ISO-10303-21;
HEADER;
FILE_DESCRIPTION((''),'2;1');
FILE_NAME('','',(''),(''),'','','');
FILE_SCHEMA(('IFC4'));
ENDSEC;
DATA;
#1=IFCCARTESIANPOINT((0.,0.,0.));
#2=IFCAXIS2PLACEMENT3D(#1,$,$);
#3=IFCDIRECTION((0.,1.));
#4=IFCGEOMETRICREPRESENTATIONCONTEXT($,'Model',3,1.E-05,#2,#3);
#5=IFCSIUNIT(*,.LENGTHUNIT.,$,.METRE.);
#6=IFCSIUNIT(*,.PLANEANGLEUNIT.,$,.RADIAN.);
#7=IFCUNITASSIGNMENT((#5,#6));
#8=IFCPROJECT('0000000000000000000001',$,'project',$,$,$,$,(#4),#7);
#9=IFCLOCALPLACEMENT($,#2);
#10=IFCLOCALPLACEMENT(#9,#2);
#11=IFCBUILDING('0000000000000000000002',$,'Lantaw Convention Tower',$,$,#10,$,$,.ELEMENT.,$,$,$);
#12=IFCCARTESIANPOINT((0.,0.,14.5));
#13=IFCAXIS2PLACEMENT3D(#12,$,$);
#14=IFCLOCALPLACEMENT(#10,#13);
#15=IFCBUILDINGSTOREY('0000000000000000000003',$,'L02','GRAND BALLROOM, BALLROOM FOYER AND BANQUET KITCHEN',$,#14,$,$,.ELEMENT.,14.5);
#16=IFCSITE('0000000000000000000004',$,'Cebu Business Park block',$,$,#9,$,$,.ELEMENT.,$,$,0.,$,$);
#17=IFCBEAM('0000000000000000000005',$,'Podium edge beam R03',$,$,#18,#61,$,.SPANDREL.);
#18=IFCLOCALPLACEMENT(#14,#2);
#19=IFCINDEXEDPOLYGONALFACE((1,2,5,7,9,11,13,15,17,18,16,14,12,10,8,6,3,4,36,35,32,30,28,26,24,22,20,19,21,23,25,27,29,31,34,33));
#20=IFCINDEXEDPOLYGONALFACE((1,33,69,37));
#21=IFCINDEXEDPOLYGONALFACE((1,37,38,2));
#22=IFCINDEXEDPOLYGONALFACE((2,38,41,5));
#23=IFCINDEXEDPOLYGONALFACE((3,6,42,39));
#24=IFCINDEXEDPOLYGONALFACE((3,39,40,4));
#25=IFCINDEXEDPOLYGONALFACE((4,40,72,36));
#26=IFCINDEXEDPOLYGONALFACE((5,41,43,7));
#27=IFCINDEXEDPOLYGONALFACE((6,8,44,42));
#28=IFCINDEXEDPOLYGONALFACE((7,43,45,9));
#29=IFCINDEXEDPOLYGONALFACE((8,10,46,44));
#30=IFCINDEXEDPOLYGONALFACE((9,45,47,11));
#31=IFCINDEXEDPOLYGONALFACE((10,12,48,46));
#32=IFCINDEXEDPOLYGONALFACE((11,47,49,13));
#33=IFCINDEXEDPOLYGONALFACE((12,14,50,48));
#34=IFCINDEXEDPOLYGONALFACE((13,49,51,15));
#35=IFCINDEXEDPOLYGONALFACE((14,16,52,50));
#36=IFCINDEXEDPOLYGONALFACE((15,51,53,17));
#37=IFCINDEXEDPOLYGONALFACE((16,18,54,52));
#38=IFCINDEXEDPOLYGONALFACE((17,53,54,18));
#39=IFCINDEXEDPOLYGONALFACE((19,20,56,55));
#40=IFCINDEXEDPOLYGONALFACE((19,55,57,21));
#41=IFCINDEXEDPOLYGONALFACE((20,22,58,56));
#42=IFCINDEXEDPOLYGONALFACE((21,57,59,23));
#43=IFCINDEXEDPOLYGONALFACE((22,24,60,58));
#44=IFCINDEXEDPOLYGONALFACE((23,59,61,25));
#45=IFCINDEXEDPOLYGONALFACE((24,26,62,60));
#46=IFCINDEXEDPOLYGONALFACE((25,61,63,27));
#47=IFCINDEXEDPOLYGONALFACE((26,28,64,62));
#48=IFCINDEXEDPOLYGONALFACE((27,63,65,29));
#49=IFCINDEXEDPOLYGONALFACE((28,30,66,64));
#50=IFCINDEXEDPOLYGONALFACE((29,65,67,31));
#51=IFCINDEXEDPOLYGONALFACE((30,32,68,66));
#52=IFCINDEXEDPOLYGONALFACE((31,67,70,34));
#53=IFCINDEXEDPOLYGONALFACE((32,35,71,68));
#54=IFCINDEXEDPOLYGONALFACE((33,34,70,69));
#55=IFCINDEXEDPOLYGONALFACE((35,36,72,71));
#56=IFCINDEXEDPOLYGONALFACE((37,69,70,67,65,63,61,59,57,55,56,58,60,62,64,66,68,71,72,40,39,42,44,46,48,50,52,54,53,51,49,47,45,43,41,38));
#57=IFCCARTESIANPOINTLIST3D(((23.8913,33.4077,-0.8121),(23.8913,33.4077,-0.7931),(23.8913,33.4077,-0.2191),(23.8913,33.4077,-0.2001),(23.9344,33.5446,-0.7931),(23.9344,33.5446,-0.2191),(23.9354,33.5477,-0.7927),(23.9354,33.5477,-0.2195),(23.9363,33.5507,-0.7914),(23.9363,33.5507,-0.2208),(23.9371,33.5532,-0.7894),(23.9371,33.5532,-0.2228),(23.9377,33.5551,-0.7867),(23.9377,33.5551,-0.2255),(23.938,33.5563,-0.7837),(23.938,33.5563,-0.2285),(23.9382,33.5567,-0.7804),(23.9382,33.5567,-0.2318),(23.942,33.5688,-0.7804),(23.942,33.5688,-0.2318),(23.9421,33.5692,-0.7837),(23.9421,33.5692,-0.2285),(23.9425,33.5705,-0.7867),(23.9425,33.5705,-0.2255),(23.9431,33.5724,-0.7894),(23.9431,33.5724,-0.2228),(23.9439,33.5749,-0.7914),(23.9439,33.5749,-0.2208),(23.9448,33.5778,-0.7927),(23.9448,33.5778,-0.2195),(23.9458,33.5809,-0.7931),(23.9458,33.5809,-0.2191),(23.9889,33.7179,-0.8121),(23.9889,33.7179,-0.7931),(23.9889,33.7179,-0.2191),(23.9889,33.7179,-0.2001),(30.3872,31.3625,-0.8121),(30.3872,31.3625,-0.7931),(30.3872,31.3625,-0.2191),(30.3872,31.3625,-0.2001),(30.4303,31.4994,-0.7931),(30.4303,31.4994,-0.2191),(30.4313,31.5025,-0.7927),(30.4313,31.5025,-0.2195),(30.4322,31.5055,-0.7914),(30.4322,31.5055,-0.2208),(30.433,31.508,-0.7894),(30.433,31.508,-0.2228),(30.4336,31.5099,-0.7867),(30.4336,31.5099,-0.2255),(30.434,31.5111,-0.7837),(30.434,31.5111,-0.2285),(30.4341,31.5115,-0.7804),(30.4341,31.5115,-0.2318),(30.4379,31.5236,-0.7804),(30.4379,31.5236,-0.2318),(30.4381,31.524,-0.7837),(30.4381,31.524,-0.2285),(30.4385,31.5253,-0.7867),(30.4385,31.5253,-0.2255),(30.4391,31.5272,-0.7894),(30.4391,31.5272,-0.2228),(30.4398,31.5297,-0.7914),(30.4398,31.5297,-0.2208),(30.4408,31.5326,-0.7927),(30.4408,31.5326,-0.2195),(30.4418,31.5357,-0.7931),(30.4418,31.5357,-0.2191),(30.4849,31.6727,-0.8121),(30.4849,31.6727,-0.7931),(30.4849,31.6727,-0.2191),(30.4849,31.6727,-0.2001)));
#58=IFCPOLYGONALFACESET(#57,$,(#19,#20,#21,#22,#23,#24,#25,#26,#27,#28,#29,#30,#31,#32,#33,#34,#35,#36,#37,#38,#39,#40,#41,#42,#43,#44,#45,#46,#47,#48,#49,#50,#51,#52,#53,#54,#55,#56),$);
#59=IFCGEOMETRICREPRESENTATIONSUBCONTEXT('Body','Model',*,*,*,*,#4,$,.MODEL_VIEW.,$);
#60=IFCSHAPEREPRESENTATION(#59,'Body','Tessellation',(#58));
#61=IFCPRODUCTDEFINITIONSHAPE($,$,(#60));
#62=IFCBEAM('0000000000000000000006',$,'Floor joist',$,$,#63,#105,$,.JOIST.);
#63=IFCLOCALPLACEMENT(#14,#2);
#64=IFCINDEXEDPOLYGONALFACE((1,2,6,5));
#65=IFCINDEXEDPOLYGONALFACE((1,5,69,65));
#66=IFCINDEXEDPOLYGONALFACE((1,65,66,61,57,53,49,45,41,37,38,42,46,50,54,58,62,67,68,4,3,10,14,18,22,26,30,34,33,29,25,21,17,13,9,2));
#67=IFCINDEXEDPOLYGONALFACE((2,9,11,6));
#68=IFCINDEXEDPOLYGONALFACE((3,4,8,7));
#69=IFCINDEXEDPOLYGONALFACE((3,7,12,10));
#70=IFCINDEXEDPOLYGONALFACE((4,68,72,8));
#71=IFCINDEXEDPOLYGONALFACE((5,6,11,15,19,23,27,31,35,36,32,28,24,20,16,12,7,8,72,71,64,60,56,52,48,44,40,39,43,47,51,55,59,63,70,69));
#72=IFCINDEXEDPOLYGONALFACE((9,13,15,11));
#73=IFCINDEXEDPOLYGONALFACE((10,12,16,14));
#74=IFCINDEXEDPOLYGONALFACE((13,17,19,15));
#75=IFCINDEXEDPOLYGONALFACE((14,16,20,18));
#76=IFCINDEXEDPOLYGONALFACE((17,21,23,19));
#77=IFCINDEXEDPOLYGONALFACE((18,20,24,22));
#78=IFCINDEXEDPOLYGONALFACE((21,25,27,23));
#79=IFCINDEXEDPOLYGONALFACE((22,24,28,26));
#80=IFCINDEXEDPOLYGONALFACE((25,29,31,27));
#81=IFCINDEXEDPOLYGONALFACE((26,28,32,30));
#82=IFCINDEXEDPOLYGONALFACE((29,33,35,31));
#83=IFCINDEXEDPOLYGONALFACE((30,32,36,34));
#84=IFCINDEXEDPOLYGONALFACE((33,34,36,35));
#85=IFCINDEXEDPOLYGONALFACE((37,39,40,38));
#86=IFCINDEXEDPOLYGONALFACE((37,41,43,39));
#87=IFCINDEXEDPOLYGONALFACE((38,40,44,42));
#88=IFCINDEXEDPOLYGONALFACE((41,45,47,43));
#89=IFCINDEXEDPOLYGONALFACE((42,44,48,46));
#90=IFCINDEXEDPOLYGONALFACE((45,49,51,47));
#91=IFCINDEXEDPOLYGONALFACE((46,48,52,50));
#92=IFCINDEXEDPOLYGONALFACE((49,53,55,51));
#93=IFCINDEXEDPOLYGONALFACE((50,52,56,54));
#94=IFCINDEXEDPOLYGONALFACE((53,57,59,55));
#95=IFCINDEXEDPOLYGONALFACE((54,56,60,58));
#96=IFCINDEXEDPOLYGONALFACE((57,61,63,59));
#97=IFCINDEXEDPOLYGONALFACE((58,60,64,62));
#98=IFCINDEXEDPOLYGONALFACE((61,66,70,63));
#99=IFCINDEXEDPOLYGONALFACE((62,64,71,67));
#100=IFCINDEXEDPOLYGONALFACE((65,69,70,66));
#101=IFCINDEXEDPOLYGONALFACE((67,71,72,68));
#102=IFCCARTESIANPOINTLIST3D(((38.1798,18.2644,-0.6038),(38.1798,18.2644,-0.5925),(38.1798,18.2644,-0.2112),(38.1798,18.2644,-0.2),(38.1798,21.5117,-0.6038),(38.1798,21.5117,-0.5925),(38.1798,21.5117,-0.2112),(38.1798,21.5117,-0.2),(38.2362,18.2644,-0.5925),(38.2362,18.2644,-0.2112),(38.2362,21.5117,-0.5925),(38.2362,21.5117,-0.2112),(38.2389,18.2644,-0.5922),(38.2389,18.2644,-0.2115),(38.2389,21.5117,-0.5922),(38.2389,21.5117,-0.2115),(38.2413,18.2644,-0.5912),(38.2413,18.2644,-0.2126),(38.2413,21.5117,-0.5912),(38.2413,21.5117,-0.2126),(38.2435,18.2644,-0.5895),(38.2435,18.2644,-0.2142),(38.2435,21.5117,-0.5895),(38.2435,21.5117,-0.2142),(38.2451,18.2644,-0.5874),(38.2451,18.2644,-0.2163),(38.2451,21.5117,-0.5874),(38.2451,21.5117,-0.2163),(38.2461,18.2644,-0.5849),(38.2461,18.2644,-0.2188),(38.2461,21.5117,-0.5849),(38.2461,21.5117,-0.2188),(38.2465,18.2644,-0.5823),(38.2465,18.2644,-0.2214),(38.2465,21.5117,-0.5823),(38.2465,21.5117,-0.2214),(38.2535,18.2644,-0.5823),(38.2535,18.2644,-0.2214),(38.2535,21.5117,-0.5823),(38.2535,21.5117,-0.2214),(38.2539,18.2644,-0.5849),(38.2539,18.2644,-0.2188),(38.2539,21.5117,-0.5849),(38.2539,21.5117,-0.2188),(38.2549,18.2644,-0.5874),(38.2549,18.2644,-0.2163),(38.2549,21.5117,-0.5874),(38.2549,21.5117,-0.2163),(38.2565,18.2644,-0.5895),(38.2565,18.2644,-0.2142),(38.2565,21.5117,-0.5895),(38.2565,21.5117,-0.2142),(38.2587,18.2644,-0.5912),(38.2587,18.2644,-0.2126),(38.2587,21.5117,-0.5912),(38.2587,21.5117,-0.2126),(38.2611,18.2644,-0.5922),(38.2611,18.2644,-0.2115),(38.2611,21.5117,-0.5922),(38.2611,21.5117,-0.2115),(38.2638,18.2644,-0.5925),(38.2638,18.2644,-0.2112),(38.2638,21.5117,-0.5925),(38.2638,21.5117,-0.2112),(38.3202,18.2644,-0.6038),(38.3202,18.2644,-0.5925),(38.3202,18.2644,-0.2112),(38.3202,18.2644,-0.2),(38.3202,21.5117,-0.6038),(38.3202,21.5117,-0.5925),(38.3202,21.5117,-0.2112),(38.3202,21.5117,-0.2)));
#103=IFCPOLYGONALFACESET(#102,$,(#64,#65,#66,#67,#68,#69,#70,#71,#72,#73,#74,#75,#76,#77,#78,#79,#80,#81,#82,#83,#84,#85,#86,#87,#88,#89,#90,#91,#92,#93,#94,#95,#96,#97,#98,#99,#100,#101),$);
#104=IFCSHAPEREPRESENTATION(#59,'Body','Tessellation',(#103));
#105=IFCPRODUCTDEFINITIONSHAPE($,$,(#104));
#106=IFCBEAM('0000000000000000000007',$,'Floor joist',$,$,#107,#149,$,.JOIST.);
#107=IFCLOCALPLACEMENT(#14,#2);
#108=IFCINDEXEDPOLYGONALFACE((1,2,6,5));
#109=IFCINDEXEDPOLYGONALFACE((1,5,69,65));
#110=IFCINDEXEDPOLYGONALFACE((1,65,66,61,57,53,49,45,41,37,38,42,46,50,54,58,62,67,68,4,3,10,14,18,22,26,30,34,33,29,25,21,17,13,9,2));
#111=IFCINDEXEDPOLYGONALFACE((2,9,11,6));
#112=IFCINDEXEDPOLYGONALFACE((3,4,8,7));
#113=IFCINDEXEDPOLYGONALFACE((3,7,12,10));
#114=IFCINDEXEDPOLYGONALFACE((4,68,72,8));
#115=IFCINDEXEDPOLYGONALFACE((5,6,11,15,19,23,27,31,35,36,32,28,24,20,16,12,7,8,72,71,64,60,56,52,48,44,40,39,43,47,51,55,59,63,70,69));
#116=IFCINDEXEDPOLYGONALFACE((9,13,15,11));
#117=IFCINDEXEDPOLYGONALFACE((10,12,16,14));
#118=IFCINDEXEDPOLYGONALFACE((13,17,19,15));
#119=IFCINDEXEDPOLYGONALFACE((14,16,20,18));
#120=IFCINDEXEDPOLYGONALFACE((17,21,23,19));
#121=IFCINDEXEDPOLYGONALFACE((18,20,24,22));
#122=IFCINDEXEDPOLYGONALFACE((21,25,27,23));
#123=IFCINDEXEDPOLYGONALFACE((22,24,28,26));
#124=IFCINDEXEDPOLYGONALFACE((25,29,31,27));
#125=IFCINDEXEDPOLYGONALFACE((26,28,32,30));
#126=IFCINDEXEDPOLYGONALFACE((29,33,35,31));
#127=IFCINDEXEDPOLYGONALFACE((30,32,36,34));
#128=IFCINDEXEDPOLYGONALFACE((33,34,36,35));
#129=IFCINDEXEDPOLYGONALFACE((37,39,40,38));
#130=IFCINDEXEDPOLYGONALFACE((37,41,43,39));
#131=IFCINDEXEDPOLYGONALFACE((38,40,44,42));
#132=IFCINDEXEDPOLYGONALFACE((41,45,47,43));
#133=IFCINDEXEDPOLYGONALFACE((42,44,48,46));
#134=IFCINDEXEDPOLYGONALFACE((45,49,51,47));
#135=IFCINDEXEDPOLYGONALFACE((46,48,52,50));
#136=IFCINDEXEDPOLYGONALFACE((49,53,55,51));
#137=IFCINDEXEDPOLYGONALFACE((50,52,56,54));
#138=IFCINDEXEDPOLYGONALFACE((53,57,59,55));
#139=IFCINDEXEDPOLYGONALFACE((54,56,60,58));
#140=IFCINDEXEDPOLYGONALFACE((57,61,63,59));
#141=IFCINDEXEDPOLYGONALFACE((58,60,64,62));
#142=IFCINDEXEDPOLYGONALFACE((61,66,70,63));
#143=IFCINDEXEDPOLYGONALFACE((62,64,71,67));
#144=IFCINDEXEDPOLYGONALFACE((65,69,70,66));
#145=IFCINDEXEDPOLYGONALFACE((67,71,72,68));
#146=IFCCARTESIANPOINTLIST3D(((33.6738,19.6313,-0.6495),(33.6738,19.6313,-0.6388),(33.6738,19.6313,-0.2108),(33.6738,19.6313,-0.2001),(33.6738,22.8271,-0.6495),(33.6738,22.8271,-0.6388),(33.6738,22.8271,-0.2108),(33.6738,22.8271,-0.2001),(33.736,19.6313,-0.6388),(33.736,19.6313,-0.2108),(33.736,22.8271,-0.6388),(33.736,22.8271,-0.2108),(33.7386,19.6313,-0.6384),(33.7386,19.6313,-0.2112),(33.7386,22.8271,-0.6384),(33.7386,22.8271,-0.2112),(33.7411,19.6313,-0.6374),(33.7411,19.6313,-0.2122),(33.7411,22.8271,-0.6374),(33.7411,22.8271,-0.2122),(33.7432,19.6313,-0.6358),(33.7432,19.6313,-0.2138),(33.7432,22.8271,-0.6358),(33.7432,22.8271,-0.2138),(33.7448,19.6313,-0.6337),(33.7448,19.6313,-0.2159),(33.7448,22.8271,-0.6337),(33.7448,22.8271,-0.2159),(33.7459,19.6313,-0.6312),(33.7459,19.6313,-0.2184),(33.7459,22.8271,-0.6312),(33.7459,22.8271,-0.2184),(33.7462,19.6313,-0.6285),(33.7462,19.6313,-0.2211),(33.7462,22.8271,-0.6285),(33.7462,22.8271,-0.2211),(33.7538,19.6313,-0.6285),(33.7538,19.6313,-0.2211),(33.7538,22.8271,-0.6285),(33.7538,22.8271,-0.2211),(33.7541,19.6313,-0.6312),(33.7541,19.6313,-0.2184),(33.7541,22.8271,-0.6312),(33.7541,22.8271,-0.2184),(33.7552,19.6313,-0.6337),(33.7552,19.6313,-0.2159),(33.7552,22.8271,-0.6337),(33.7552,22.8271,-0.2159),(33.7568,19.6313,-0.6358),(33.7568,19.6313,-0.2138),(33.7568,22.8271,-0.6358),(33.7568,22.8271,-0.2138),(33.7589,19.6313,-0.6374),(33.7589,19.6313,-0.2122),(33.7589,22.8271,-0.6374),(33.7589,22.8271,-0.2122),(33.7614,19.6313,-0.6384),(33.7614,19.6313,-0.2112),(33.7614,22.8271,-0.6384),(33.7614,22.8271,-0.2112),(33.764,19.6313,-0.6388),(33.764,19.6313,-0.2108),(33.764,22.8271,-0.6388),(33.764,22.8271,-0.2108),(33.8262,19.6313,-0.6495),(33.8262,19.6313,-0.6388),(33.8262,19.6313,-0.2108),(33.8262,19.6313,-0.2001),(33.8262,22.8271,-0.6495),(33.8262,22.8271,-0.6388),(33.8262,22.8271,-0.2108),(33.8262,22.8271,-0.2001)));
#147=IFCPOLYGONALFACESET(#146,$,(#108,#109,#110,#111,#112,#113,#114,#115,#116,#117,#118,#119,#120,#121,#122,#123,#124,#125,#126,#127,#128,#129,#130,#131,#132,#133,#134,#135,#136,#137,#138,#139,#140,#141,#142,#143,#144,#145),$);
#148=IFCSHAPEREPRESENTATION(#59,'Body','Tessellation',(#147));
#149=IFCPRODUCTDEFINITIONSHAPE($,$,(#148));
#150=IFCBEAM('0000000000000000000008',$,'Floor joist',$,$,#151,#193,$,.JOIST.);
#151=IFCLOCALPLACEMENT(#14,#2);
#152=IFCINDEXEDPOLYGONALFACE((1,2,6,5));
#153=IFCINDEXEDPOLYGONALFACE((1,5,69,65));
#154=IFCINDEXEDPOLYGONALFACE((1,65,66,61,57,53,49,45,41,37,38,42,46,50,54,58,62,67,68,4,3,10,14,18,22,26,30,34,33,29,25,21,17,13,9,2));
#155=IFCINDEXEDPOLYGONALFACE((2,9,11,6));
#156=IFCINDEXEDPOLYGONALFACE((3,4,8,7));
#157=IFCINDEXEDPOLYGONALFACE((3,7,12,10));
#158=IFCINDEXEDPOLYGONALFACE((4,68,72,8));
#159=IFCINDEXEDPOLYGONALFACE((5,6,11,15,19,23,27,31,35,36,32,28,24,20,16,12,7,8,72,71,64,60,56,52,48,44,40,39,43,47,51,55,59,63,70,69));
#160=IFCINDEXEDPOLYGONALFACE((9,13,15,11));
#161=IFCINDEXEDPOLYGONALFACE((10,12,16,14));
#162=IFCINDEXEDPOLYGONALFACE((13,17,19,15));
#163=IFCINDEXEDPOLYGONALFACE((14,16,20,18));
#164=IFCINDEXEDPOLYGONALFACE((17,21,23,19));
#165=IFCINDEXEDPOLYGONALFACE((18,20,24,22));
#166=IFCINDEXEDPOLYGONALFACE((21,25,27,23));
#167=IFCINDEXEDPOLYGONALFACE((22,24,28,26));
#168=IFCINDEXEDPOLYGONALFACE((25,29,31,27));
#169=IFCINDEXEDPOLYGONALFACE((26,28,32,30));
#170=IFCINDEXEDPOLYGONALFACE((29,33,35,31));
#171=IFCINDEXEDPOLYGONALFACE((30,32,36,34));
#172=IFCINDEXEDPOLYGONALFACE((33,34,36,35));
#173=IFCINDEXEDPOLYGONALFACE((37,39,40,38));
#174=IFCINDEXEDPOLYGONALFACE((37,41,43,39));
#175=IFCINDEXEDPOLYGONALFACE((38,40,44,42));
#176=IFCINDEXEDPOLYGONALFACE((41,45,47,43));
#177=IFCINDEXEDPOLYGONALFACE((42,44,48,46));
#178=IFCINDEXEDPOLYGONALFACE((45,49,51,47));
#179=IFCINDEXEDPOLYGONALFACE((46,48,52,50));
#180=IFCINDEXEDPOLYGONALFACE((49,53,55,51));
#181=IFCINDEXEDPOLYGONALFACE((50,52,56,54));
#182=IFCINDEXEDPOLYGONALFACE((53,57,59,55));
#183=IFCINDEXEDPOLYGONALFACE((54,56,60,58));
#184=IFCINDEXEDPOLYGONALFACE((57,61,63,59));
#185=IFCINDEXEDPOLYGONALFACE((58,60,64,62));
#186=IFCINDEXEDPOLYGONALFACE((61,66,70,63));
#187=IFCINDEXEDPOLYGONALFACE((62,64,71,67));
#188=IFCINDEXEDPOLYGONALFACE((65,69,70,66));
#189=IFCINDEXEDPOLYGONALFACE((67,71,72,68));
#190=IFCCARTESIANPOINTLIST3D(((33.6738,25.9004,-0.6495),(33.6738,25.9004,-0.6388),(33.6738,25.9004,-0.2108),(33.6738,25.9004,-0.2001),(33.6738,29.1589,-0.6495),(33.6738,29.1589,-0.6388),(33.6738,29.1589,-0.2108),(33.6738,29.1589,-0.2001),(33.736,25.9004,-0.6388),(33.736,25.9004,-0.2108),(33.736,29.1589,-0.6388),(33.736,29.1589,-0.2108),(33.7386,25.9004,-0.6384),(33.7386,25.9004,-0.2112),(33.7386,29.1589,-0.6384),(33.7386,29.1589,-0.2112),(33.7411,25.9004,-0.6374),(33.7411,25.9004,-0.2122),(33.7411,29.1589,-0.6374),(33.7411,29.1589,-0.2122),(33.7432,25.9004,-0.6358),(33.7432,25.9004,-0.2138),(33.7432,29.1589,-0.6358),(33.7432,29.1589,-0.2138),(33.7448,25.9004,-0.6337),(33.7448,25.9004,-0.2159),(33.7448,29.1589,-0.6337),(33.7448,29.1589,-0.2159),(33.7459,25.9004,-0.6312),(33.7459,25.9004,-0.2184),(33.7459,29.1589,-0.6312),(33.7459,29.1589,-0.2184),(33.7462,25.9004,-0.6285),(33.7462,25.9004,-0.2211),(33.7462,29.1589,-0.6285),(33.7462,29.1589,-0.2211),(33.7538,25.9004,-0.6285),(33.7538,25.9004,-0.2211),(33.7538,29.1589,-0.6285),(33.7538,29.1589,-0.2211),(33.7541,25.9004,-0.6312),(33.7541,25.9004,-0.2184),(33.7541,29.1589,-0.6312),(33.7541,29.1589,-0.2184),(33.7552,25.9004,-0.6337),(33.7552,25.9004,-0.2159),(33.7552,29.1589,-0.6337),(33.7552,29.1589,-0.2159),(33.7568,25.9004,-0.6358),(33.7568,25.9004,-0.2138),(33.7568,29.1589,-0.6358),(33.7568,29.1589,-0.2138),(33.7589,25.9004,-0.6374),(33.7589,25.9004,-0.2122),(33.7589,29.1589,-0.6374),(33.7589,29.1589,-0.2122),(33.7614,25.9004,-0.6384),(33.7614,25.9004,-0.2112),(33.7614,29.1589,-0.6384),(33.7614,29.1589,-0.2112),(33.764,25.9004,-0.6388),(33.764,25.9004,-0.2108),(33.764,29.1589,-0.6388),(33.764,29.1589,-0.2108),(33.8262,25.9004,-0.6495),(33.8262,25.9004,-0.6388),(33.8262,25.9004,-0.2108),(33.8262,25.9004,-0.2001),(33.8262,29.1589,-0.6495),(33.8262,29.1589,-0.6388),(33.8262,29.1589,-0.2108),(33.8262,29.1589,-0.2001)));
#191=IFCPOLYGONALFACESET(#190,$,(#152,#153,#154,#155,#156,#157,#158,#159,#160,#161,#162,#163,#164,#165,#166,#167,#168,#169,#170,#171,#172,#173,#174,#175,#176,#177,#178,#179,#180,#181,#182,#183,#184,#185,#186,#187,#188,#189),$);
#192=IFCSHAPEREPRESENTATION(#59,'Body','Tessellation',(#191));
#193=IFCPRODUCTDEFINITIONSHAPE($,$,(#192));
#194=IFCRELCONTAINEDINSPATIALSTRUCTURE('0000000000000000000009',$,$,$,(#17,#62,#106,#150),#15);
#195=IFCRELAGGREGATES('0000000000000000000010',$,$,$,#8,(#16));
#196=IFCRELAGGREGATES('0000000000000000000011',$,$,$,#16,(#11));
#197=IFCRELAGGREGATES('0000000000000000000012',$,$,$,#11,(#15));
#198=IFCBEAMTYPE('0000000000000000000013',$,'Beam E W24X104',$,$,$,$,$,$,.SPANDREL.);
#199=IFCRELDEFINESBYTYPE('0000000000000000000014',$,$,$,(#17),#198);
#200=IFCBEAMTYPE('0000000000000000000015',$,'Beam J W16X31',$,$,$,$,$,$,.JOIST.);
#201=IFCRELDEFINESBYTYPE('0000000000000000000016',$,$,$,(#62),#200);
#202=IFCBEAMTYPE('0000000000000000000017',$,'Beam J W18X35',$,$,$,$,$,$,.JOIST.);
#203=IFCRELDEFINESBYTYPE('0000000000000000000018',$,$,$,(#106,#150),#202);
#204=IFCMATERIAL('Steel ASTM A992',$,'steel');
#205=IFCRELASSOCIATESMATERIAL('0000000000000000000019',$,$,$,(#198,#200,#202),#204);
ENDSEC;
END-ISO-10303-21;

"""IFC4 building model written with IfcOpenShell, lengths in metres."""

from ifc_helpers import new_model, si_unit, direction, frame, origin, origin_2d, place, context, subcontext, project, spatial, i_section, extrude, material, material_profile, profile_set, type_object, element, save


model = new_model("IFC4")

# Units and contexts
model_context = context("Model", 3, precision=1e-05, world=origin(), true_north=direction((0.0, 1.0)))
body_context = subcontext(model_context, "Body", "Model", "MODEL_VIEW")
ifc_project = project(units=[si_unit("LENGTHUNIT", "METRE"), si_unit("PLANEANGLEUNIT", "RADIAN")], contexts=[model_context])

# Site, building, storey
site_placement = place(None, origin())
site = spatial("IfcSite", under=ifc_project, at=site_placement, Name="Cebu Business Park block", CompositionType="ELEMENT", RefElevation=0.0)
building_placement = place(site_placement, origin())
building = spatial("IfcBuilding", under=site, at=building_placement, Name="Lantaw Convention Tower", CompositionType="ELEMENT")
storey_placement = place(building_placement, frame((0.0, 0.0, 14.5)))
storey = spatial("IfcBuildingStorey", under=building, at=storey_placement, Name="L02", Description="GRAND BALLROOM, BALLROOM FOYER AND BANQUET KITCHEN", CompositionType="ELEMENT", Elevation=14.5)

# Beams
ifc_material_1 = material(Name="Steel ASTM A992", Category="steel")
ifc_material_profile_1 = material_profile(ifc_material_1, i_section(OverallWidth=0.3252, OverallDepth=0.6121, WebThickness=0.0127, FlangeThickness=0.019, FilletRadius=0.0127, at=origin_2d()), Name="W24X104")
ifc_profile_set_1 = profile_set([ifc_material_profile_1], Name="Steel ASTM A992")
beam_type_1 = type_object("IfcBeamType", Name="Beam E W24X104", PredefinedType="SPANDREL", material=ifc_profile_set_1)
beam_1_placement = place(storey_placement, frame((30.436, 31.5176, -0.5061), z_axis=(-0.953842, 0.300309, 0.0), x_axis=(-0.300309, -0.953842, 0.0)))
element("IfcBeam", 1, at=beam_1_placement, inside=storey, type_object=beam_type_1, Name="Podium edge beam R03", PredefinedType="SPANDREL", context=body_context, shape_type="SweptSolid", body=[
    extrude(i_section(OverallWidth=0.3252, OverallDepth=0.6121, WebThickness=0.0127, FlangeThickness=0.019, FilletRadius=0.0127, at=origin_2d()), origin(), (0.0, 0.0, 1.0), 6.8103),
])
ifc_material_profile_2 = material_profile(ifc_material_1, i_section(OverallWidth=0.1404, OverallDepth=0.4038, WebThickness=0.0071, FlangeThickness=0.0112, FilletRadius=0.0103, at=origin_2d()), Name="W16X31")
ifc_profile_set_2 = profile_set([ifc_material_profile_2], Name="Steel ASTM A992")
beam_type_2 = type_object("IfcBeamType", Name="Beam J W16X31", PredefinedType="JOIST", material=ifc_profile_set_2)
beam_2_placement = place(storey_placement, frame((38.25, 18.2644, -0.4019), z_axis=(0.0, 1.0, 0.0), x_axis=(-1.0, 0.0, 0.0)))
element("IfcBeam", 2, at=beam_2_placement, inside=storey, type_object=beam_type_2, Name="Floor joist", PredefinedType="JOIST", context=body_context, shape_type="SweptSolid", body=[
    extrude(i_section(OverallWidth=0.1404, OverallDepth=0.4038, WebThickness=0.0071, FlangeThickness=0.0112, FilletRadius=0.0103, at=origin_2d()), origin(), (0.0, 0.0, 1.0), 3.2473),
])
ifc_material_profile_3 = material_profile(ifc_material_1, i_section(OverallWidth=0.1523, OverallDepth=0.4495, WebThickness=0.0076, FlangeThickness=0.0107, FilletRadius=0.0103, at=origin_2d()), Name="W18X35")
ifc_profile_set_3 = profile_set([ifc_material_profile_3], Name="Steel ASTM A992")
beam_type_3 = type_object("IfcBeamType", Name="Beam J W18X35", PredefinedType="JOIST", material=ifc_profile_set_3)
beam_3_placement = place(storey_placement, frame((33.75, 19.6313, -0.4248), z_axis=(0.0, 1.0, 0.0), x_axis=(-1.0, 0.0, 0.0)))
element("IfcBeam", 3, at=beam_3_placement, inside=storey, type_object=beam_type_3, Name="Floor joist", PredefinedType="JOIST", context=body_context, shape_type="SweptSolid", body=[
    extrude(i_section(OverallWidth=0.1523, OverallDepth=0.4495, WebThickness=0.0076, FlangeThickness=0.0107, FilletRadius=0.0103, at=origin_2d()), origin(), (0.0, 0.0, 1.0), 3.1958),
])
beam_4_placement = place(storey_placement, frame((33.75, 25.9004, -0.4248), z_axis=(0.0, 1.0, 0.0), x_axis=(-1.0, 0.0, 0.0)))
element("IfcBeam", 4, at=beam_4_placement, inside=storey, type_object=beam_type_3, Name="Floor joist", PredefinedType="JOIST", context=body_context, shape_type="SweptSolid", body=[
    extrude(i_section(OverallWidth=0.1523, OverallDepth=0.4495, WebThickness=0.0076, FlangeThickness=0.0107, FilletRadius=0.0103, at=origin_2d()), origin(), (0.0, 0.0, 1.0), 3.2585),
])

save(model, "model.ifc")
